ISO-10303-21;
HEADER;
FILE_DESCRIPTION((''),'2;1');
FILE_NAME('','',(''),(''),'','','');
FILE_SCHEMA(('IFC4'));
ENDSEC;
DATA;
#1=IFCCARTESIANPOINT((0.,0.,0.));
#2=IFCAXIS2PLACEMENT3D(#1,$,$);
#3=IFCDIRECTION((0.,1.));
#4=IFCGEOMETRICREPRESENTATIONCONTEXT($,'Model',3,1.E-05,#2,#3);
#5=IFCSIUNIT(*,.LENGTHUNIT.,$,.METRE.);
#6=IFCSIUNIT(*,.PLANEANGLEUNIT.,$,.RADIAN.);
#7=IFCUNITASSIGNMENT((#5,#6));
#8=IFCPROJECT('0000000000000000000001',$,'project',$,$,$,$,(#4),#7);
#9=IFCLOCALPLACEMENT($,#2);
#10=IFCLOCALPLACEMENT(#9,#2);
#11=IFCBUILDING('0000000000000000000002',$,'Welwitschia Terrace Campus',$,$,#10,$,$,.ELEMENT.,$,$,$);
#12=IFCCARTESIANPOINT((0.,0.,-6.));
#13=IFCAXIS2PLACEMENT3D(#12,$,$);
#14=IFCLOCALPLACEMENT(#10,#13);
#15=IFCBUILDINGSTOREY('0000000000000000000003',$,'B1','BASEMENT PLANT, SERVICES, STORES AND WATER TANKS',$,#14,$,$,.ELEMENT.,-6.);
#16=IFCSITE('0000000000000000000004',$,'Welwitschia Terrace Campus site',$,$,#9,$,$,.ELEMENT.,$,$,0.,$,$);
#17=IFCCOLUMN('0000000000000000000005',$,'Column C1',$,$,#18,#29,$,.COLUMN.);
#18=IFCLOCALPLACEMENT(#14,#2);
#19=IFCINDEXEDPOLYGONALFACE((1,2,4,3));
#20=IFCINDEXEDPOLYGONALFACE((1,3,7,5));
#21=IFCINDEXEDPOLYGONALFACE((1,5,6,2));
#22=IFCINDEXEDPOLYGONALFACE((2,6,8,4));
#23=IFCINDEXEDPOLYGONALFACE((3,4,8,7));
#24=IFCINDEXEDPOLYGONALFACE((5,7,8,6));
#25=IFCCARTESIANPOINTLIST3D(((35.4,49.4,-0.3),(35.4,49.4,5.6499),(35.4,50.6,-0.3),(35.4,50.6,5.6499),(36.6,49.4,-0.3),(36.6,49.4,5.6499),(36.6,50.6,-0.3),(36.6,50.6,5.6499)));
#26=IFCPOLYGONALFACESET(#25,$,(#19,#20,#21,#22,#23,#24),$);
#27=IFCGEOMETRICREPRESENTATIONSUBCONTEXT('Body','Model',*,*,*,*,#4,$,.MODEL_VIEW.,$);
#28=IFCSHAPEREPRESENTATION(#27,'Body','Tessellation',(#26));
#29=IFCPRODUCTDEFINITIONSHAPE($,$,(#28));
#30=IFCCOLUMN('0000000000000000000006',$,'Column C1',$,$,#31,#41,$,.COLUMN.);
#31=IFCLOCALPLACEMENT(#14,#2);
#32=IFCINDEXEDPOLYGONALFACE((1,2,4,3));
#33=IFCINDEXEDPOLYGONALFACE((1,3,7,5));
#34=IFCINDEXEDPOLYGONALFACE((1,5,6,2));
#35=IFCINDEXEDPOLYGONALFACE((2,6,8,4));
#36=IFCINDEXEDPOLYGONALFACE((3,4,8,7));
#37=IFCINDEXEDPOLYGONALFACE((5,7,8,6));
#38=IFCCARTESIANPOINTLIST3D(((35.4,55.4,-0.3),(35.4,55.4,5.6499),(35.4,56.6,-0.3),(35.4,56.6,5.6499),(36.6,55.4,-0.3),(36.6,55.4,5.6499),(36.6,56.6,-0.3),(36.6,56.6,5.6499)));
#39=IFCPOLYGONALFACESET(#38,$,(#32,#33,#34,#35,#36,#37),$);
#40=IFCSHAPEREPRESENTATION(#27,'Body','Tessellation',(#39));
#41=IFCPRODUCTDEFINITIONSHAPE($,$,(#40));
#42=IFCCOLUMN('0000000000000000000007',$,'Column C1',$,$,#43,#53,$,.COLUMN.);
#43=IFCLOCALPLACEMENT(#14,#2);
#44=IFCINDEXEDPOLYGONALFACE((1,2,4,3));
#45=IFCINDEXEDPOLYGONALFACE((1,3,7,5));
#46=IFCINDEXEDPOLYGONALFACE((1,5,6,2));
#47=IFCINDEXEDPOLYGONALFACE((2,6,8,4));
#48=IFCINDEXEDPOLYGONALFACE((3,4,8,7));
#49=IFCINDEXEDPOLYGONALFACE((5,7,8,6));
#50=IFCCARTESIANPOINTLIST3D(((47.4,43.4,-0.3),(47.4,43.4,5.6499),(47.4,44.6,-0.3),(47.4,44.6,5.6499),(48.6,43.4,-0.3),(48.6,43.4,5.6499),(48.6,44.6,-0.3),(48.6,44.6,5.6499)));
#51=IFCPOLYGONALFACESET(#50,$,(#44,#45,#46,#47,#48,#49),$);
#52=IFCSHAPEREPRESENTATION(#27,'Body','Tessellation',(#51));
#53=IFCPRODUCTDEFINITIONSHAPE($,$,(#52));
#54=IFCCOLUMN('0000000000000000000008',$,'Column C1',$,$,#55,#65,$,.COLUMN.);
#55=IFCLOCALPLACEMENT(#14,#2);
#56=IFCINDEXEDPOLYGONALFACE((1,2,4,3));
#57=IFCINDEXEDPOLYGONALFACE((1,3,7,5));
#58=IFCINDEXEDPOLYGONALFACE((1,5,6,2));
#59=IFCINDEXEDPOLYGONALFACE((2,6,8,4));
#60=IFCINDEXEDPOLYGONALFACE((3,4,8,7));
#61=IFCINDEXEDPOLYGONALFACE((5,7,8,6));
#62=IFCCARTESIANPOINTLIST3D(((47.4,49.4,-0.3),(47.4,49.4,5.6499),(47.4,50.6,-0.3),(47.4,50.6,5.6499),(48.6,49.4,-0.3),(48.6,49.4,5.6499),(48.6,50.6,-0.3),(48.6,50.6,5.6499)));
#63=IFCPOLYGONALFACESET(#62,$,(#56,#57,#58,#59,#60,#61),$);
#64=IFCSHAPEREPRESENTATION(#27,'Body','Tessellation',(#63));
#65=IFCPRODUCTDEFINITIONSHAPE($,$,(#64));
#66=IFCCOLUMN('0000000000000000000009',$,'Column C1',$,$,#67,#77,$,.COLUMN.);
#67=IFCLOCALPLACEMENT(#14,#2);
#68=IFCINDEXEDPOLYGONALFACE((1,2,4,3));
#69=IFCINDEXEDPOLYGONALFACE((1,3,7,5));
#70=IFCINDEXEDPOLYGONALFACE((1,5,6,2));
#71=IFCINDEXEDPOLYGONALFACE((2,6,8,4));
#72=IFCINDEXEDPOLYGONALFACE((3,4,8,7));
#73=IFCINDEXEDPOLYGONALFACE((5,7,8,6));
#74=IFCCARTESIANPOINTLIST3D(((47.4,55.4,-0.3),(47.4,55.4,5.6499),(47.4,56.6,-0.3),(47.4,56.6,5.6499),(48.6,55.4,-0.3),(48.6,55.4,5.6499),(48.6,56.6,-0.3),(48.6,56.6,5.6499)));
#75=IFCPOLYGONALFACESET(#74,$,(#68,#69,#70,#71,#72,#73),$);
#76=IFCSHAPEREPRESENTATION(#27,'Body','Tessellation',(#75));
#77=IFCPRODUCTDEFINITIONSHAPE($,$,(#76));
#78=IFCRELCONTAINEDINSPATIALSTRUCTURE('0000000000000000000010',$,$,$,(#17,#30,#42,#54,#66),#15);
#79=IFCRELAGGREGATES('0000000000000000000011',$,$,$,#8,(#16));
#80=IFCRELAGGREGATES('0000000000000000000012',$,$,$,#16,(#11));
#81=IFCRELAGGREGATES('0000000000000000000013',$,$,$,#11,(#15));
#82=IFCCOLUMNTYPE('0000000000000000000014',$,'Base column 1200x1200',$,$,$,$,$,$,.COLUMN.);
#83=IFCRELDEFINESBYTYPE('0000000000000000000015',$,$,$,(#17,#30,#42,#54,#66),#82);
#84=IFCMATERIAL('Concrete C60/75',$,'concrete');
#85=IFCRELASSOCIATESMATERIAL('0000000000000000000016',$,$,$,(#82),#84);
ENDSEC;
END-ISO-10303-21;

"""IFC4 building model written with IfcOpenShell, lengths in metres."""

from ifc_helpers import new_model, si_unit, direction, frame, origin, origin_2d, place, context, subcontext, project, spatial, rectangle, extrude, material, material_profile, profile_set, type_object, element, save


model = new_model("IFC4")

# Units and contexts
model_context = context("Model", 3, precision=1e-05, world=origin(), true_north=direction((0.0, 1.0)))
body_context = subcontext(model_context, "Body", "Model", "MODEL_VIEW")
ifc_project = project(units=[si_unit("LENGTHUNIT", "METRE"), si_unit("PLANEANGLEUNIT", "RADIAN")], contexts=[model_context])

# Site, building, storey
site_placement = place(None, origin())
site = spatial("IfcSite", under=ifc_project, at=site_placement, Name="Welwitschia Terrace Campus site", CompositionType="ELEMENT", RefElevation=0.0)
building_placement = place(site_placement, origin())
building = spatial("IfcBuilding", under=site, at=building_placement, Name="Welwitschia Terrace Campus", CompositionType="ELEMENT")
storey_placement = place(building_placement, frame((0.0, 0.0, -6.0)))
storey = spatial("IfcBuildingStorey", under=building, at=storey_placement, Name="B1", Description="BASEMENT PLANT, SERVICES, STORES AND WATER TANKS", CompositionType="ELEMENT", Elevation=-6.0)

# Columns
ifc_material_1 = material(Name="Concrete C60/75", Category="concrete")
ifc_material_profile = material_profile(ifc_material_1, rectangle(XDim=1.2, YDim=1.2, at=origin_2d()))
ifc_profile_set = profile_set([ifc_material_profile], Name="Concrete C60/75")
column_type = type_object("IfcColumnType", Name="Base column 1200x1200", PredefinedType="COLUMN", material=ifc_profile_set)
for number, where, z_axis, x_axis, name in (
    (1, (36.0, 50.0, -0.3), (0.0, 0.0, 1.0), (1.0, 0.0, 0.0), "Column C1"),
    (2, (36.0, 56.0, -0.3), (0.0, 0.0, 1.0), (1.0, 0.0, 0.0), "Column C1"),
    (3, (48.0, 44.0, -0.3), (0.0, 0.0, 1.0), (1.0, 0.0, 0.0), "Column C1"),
    (4, (48.0, 50.0, -0.3), (0.0, 0.0, 1.0), (1.0, 0.0, 0.0), "Column C1"),
    (5, (48.0, 56.0, -0.3), (0.0, 0.0, 1.0), (1.0, 0.0, 0.0), "Column C1"),
):
    element("IfcColumn", number, at=place(storey_placement, frame(where, z_axis=z_axis, x_axis=x_axis)), inside=storey, type_object=column_type, Name=name, PredefinedType="COLUMN", context=body_context, shape_type="SweptSolid", body=[
        extrude(rectangle(XDim=1.2, YDim=1.2, at=origin_2d()), origin(), (0.0, 0.0, 1.0), 5.95),
    ])

save(model, "model.ifc")
